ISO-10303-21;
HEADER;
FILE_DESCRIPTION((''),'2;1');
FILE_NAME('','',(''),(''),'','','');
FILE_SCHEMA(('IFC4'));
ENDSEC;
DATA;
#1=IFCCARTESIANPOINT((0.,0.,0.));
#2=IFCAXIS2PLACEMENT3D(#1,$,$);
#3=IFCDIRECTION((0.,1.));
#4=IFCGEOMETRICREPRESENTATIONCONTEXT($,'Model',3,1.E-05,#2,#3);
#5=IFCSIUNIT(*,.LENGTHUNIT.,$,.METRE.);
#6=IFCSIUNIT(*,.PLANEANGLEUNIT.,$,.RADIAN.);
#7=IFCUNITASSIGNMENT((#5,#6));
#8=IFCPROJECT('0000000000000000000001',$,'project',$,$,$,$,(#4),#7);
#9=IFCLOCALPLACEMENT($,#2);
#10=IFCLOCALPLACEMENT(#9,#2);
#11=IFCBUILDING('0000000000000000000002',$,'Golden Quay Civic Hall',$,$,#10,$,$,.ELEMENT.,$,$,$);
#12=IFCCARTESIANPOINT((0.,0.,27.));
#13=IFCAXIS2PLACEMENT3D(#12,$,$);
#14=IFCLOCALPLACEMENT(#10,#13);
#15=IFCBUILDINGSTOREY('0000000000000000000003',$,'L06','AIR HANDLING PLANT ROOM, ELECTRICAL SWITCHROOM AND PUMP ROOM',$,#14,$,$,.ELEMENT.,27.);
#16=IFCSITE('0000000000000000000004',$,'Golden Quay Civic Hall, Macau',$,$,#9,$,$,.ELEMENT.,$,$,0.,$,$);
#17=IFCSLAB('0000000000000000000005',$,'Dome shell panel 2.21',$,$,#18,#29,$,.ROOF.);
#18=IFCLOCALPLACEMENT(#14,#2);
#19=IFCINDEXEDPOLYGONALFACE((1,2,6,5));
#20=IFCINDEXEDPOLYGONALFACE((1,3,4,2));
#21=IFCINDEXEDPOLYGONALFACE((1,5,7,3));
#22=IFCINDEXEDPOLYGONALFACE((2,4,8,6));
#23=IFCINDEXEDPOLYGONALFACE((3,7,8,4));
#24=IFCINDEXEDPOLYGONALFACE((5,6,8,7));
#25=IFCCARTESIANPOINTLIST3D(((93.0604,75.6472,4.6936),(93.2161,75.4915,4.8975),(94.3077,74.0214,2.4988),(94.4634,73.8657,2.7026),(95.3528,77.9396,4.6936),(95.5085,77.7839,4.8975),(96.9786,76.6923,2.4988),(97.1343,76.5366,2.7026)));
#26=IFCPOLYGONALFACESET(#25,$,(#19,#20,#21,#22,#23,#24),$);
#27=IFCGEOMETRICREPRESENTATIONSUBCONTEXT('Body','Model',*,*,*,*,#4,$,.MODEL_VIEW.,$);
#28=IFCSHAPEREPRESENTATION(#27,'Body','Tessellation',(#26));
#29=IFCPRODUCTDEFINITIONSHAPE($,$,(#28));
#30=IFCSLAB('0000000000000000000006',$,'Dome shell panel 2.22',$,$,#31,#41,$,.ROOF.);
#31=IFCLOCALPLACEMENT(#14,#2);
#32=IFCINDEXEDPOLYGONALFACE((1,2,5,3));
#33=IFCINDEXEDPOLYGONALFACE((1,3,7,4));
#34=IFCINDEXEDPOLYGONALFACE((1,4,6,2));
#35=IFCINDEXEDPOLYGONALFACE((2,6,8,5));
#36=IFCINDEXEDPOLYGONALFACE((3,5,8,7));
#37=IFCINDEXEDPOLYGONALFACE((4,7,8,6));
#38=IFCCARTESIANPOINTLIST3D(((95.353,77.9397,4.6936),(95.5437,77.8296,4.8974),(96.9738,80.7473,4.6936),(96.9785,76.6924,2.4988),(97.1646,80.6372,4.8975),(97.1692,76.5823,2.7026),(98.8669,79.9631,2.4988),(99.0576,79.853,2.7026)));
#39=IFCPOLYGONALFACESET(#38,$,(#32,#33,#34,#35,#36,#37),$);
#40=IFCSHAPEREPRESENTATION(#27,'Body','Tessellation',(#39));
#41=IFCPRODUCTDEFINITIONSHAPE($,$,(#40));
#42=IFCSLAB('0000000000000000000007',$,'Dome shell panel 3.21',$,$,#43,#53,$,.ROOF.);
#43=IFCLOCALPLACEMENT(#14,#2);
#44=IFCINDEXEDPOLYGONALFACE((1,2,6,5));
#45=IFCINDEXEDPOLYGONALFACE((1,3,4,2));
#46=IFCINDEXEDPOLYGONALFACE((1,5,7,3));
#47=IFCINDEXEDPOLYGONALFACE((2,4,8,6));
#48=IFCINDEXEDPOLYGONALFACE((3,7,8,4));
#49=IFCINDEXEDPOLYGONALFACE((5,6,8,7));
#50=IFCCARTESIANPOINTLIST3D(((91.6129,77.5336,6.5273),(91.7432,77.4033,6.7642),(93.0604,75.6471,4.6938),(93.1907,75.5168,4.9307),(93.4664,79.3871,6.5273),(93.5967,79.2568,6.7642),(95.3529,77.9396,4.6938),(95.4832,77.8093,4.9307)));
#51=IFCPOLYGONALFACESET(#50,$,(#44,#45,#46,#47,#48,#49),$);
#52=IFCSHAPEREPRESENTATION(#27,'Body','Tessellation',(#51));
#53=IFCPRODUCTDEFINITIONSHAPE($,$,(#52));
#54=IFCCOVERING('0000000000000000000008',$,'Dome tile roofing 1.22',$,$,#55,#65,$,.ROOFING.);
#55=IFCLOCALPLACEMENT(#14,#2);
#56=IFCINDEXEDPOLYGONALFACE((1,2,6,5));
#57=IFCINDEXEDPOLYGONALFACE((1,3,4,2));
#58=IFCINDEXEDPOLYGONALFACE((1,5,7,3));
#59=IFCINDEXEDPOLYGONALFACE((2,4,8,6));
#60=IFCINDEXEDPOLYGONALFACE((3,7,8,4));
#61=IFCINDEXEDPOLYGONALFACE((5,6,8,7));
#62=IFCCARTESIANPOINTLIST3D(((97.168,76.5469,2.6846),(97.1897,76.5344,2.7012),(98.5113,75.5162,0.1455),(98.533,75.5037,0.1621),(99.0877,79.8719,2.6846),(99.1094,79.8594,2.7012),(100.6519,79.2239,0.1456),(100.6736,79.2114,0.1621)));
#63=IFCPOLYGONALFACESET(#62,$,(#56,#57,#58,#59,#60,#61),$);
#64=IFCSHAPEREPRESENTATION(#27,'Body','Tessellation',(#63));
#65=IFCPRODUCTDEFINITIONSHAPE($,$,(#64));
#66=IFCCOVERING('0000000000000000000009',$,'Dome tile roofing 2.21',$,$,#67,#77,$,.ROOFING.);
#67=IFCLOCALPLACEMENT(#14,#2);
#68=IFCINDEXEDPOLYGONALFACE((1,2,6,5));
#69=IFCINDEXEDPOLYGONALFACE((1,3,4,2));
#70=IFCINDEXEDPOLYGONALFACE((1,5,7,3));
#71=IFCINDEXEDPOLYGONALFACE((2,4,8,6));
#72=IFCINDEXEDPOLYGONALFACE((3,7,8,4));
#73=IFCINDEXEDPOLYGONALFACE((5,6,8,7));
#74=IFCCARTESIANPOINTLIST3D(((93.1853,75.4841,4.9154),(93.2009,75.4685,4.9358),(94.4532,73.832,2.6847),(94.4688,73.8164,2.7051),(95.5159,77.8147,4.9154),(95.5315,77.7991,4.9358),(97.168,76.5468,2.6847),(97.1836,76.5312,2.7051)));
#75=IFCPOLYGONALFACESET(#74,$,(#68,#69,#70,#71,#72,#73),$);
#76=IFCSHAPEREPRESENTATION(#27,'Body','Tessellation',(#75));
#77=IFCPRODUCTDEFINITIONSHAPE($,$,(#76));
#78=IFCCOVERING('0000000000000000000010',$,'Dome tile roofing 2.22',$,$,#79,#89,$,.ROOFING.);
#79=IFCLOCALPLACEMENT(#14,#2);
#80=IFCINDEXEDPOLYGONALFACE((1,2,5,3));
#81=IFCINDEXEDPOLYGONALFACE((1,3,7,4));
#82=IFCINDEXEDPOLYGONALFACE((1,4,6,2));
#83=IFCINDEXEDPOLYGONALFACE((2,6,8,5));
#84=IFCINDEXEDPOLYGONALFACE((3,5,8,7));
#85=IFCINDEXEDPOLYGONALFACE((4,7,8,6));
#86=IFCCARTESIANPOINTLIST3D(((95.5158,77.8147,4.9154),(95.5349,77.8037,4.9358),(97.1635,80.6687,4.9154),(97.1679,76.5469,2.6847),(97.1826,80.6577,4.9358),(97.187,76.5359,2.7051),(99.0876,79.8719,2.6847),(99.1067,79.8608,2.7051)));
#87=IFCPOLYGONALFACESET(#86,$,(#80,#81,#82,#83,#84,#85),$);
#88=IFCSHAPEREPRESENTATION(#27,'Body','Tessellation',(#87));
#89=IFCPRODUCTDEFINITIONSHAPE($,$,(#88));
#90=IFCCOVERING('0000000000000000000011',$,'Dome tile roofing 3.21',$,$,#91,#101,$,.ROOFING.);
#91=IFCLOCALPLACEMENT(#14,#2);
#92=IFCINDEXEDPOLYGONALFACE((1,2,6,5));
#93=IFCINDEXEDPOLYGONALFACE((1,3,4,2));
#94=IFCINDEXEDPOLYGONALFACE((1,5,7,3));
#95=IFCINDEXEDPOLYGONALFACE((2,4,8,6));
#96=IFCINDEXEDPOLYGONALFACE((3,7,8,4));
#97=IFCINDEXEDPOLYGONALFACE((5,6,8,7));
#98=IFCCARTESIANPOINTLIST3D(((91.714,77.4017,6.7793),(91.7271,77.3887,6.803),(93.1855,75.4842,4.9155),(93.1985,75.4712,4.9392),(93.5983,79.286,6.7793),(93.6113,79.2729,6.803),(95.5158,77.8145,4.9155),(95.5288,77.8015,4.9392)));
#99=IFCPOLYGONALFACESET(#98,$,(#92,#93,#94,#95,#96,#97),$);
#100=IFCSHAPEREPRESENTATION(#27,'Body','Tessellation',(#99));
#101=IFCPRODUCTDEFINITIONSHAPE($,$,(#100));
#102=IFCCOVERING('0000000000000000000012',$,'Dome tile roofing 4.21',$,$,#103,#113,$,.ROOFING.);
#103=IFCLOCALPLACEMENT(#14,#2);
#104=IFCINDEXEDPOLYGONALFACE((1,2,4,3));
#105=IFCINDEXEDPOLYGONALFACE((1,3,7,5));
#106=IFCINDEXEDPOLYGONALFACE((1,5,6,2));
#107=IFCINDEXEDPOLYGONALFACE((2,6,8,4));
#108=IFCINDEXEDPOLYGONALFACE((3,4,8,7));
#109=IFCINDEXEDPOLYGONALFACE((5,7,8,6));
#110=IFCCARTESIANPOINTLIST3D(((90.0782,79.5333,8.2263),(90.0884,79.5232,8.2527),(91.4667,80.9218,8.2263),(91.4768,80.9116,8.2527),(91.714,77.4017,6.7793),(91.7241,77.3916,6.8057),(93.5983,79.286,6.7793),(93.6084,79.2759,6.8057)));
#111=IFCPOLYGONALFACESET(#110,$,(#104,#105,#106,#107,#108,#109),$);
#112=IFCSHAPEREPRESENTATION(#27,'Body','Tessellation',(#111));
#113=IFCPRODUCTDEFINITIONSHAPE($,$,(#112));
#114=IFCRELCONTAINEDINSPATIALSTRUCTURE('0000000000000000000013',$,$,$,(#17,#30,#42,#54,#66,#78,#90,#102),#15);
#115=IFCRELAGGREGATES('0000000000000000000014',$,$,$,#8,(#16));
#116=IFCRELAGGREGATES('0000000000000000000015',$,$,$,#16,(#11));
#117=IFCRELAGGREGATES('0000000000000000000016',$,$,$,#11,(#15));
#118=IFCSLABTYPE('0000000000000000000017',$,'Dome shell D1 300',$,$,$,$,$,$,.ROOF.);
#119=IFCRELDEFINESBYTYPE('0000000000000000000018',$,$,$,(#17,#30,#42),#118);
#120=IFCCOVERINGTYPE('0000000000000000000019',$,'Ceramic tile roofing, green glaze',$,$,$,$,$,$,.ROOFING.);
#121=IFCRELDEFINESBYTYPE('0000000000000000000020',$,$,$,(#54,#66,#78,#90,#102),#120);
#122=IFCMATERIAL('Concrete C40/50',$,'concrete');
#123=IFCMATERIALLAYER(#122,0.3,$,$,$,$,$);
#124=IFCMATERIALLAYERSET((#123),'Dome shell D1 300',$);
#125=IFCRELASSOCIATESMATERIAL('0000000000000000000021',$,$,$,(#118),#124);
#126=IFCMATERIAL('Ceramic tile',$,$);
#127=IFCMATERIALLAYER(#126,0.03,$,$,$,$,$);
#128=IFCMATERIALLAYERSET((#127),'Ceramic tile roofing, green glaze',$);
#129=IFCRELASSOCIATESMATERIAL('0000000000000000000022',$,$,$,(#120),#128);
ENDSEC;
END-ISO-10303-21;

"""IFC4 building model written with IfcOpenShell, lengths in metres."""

from ifc_helpers import new_model, si_unit, direction, frame, origin, place, context, subcontext, project, spatial, polyline, outline, extrude, material, layer, layer_set, type_object, element, save


model = new_model("IFC4")

# Units and contexts
model_context = context("Model", 3, precision=1e-05, world=origin(), true_north=direction((0.0, 1.0)))
body_context = subcontext(model_context, "Body", "Model", "MODEL_VIEW")
ifc_project = project(units=[si_unit("LENGTHUNIT", "METRE"), si_unit("PLANEANGLEUNIT", "RADIAN")], contexts=[model_context])

# Site, building, storey
site_placement = place(None, origin())
site = spatial("IfcSite", under=ifc_project, at=site_placement, Name="Golden Quay Civic Hall, Macau", CompositionType="ELEMENT", RefElevation=0.0)
building_placement = place(site_placement, origin())
building = spatial("IfcBuilding", under=site, at=building_placement, Name="Golden Quay Civic Hall", CompositionType="ELEMENT")
storey_placement = place(building_placement, frame((0.0, 0.0, 27.0)))
storey = spatial("IfcBuildingStorey", under=building, at=storey_placement, Name="L06", Description="AIR HANDLING PLANT ROOM, ELECTRICAL SWITCHROOM AND PUMP ROOM", CompositionType="ELEMENT", Elevation=27.0)

# Slabs
ifc_material_1 = material(Name="Concrete C40/50", Category="concrete")
ifc_layer_1 = layer(ifc_material_1, 0.3)
ifc_layer_set_1 = layer_set([ifc_layer_1], Name="Dome shell D1 300")
slab_type = type_object("IfcSlabType", Name="Dome shell D1 300", PredefinedType="ROOF", material=ifc_layer_set_1)
slab_1_placement = place(storey_placement, frame((94.4634, 73.8657, 2.7026), z_axis=(0.518929, -0.518929, 0.679283), x_axis=(0.707107, 0.707107, 0.0)))
element("IfcSlab", 1, at=slab_1_placement, inside=storey, type_object=slab_type, Name="Dome shell panel 2.21", PredefinedType="ROOF", context=body_context, shape_type="SweptSolid", body=[
    extrude(outline(polyline([(0.0, 0.0), (3.7772, 0.0), (3.5096, 2.9907), (0.2676, 2.9907), (0.0, 0.0)])), origin(), (0.0, 0.0, -1.0), 0.3),
])
slab_2_placement = place(storey_placement, frame((97.1692, 76.5823, 2.7026), z_axis=(0.635573, -0.366941, 0.679265), x_axis=(0.500001, 0.866025, -0.000011)))
element("IfcSlab", 2, at=slab_2_placement, inside=storey, type_object=slab_type, Name="Dome shell panel 2.22", PredefinedType="ROOF", context=body_context, shape_type="SweptSolid", body=[
    extrude(outline(polyline([(0.0, 0.0), (3.7768, 0.0), (3.5093, 2.9907), (0.2674, 2.9906), (0.0, 0.0)])), origin(), (0.0, 0.0, -1.0), 0.3),
])
slab_3_placement = place(storey_placement, frame((93.1907, 75.5168, 4.9307), z_axis=(0.434107, -0.434107, 0.789369), x_axis=(0.707107, 0.707107, 0.0)))
element("IfcSlab", 3, at=slab_3_placement, inside=storey, type_object=slab_type, Name="Dome shell panel 3.21", PredefinedType="ROOF", context=body_context, shape_type="SweptSolid", body=[
    extrude(outline(polyline([(0.0, 0.0), (3.2421, 0.0), (2.9317, 2.9865), (0.3104, 2.9865), (0.0, 0.0)])), origin(), (0.0, 0.0, -1.0), 0.3),
])

# Coverings
ifc_material_2 = material(Name="Ceramic tile")
ifc_layer_2 = layer(ifc_material_2, 0.03)
ifc_layer_set_2 = layer_set([ifc_layer_2], Name="Ceramic tile roofing, green glaze")
covering_type = type_object("IfcCoveringType", Name="Ceramic tile roofing, green glaze", PredefinedType="ROOFING", material=ifc_layer_set_2)
covering_1_placement = place(storey_placement, frame((98.533, 75.5037, 0.1621), z_axis=(0.722419, -0.417085, 0.551498), x_axis=(0.499995, 0.866028, 0.000003)))
element("IfcCovering", 4, at=covering_1_placement, inside=storey, type_object=covering_type, Name="Dome tile roofing 1.22", PredefinedType="ROOFING", context=body_context, shape_type="SweptSolid", body=[
    extrude(outline(polyline([(0.0, 0.0), (4.2813, 0.0), (4.0604, 3.0438), (0.2211, 3.0438), (0.0, 0.0)])), origin(), (0.0, 0.0, -1.0), 0.03),
])
covering_2_placement = place(storey_placement, frame((94.4688, 73.8164, 2.7051), z_axis=(0.518937, -0.518937, 0.67927), x_axis=(0.707107, 0.707107, 0.0)))
element("IfcCovering", 5, at=covering_2_placement, inside=storey, type_object=covering_type, Name="Dome tile roofing 2.21", PredefinedType="ROOFING", context=body_context, shape_type="SweptSolid", body=[
    extrude(outline(polyline([(0.0, 0.0), (3.8394, 0.0), (3.5676, 3.0396), (0.2717, 3.0396), (0.0, 0.0)])), origin(), (0.0, 0.0, -1.0), 0.03),
])
covering_3_placement = place(storey_placement, frame((97.187, 76.5359, 2.7051), z_axis=(0.635567, -0.366941, 0.679271), x_axis=(0.499999, 0.866026, -0.000004)))
element("IfcCovering", 6, at=covering_3_placement, inside=storey, type_object=covering_type, Name="Dome tile roofing 2.22", PredefinedType="ROOFING", context=body_context, shape_type="SweptSolid", body=[
    extrude(outline(polyline([(0.0, 0.0), (3.8393, 0.0), (3.5674, 3.0396), (0.2719, 3.0396), (0.0, 0.0)])), origin(), (0.0, 0.0, -1.0), 0.03),
])
covering_4_placement = place(storey_placement, frame((93.1985, 75.4712, 4.9392), z_axis=(0.434116, -0.434116, 0.789358), x_axis=(0.707107, 0.707107, 0.0)))
element("IfcCovering", 7, at=covering_4_placement, inside=storey, type_object=covering_type, Name="Dome tile roofing 3.21", PredefinedType="ROOFING", context=body_context, shape_type="SweptSolid", body=[
    extrude(outline(polyline([(0.0, 0.0), (3.2956, 0.0), (2.9802, 3.0358), (0.3154, 3.0358), (0.0, 0.0)])), origin(), (0.0, 0.0, -1.0), 0.03),
])
covering_5_placement = place(storey_placement, frame((91.7241, 77.3916, 6.8057), z_axis=(0.337517, -0.337517, 0.878729), x_axis=(0.707107, 0.707107, 0.0)))
element("IfcCovering", 8, at=covering_5_placement, inside=storey, type_object=covering_type, Name="Dome tile roofing 4.21", PredefinedType="ROOFING", context=body_context, shape_type="SweptSolid", body=[
    extrude(outline(polyline([(0.0, 0.0), (2.6648, 0.0), (2.3142, 3.0315), (0.3506, 3.0315), (0.0, 0.0)])), origin(), (0.0, 0.0, -1.0), 0.03),
])

save(model, "model.ifc")
